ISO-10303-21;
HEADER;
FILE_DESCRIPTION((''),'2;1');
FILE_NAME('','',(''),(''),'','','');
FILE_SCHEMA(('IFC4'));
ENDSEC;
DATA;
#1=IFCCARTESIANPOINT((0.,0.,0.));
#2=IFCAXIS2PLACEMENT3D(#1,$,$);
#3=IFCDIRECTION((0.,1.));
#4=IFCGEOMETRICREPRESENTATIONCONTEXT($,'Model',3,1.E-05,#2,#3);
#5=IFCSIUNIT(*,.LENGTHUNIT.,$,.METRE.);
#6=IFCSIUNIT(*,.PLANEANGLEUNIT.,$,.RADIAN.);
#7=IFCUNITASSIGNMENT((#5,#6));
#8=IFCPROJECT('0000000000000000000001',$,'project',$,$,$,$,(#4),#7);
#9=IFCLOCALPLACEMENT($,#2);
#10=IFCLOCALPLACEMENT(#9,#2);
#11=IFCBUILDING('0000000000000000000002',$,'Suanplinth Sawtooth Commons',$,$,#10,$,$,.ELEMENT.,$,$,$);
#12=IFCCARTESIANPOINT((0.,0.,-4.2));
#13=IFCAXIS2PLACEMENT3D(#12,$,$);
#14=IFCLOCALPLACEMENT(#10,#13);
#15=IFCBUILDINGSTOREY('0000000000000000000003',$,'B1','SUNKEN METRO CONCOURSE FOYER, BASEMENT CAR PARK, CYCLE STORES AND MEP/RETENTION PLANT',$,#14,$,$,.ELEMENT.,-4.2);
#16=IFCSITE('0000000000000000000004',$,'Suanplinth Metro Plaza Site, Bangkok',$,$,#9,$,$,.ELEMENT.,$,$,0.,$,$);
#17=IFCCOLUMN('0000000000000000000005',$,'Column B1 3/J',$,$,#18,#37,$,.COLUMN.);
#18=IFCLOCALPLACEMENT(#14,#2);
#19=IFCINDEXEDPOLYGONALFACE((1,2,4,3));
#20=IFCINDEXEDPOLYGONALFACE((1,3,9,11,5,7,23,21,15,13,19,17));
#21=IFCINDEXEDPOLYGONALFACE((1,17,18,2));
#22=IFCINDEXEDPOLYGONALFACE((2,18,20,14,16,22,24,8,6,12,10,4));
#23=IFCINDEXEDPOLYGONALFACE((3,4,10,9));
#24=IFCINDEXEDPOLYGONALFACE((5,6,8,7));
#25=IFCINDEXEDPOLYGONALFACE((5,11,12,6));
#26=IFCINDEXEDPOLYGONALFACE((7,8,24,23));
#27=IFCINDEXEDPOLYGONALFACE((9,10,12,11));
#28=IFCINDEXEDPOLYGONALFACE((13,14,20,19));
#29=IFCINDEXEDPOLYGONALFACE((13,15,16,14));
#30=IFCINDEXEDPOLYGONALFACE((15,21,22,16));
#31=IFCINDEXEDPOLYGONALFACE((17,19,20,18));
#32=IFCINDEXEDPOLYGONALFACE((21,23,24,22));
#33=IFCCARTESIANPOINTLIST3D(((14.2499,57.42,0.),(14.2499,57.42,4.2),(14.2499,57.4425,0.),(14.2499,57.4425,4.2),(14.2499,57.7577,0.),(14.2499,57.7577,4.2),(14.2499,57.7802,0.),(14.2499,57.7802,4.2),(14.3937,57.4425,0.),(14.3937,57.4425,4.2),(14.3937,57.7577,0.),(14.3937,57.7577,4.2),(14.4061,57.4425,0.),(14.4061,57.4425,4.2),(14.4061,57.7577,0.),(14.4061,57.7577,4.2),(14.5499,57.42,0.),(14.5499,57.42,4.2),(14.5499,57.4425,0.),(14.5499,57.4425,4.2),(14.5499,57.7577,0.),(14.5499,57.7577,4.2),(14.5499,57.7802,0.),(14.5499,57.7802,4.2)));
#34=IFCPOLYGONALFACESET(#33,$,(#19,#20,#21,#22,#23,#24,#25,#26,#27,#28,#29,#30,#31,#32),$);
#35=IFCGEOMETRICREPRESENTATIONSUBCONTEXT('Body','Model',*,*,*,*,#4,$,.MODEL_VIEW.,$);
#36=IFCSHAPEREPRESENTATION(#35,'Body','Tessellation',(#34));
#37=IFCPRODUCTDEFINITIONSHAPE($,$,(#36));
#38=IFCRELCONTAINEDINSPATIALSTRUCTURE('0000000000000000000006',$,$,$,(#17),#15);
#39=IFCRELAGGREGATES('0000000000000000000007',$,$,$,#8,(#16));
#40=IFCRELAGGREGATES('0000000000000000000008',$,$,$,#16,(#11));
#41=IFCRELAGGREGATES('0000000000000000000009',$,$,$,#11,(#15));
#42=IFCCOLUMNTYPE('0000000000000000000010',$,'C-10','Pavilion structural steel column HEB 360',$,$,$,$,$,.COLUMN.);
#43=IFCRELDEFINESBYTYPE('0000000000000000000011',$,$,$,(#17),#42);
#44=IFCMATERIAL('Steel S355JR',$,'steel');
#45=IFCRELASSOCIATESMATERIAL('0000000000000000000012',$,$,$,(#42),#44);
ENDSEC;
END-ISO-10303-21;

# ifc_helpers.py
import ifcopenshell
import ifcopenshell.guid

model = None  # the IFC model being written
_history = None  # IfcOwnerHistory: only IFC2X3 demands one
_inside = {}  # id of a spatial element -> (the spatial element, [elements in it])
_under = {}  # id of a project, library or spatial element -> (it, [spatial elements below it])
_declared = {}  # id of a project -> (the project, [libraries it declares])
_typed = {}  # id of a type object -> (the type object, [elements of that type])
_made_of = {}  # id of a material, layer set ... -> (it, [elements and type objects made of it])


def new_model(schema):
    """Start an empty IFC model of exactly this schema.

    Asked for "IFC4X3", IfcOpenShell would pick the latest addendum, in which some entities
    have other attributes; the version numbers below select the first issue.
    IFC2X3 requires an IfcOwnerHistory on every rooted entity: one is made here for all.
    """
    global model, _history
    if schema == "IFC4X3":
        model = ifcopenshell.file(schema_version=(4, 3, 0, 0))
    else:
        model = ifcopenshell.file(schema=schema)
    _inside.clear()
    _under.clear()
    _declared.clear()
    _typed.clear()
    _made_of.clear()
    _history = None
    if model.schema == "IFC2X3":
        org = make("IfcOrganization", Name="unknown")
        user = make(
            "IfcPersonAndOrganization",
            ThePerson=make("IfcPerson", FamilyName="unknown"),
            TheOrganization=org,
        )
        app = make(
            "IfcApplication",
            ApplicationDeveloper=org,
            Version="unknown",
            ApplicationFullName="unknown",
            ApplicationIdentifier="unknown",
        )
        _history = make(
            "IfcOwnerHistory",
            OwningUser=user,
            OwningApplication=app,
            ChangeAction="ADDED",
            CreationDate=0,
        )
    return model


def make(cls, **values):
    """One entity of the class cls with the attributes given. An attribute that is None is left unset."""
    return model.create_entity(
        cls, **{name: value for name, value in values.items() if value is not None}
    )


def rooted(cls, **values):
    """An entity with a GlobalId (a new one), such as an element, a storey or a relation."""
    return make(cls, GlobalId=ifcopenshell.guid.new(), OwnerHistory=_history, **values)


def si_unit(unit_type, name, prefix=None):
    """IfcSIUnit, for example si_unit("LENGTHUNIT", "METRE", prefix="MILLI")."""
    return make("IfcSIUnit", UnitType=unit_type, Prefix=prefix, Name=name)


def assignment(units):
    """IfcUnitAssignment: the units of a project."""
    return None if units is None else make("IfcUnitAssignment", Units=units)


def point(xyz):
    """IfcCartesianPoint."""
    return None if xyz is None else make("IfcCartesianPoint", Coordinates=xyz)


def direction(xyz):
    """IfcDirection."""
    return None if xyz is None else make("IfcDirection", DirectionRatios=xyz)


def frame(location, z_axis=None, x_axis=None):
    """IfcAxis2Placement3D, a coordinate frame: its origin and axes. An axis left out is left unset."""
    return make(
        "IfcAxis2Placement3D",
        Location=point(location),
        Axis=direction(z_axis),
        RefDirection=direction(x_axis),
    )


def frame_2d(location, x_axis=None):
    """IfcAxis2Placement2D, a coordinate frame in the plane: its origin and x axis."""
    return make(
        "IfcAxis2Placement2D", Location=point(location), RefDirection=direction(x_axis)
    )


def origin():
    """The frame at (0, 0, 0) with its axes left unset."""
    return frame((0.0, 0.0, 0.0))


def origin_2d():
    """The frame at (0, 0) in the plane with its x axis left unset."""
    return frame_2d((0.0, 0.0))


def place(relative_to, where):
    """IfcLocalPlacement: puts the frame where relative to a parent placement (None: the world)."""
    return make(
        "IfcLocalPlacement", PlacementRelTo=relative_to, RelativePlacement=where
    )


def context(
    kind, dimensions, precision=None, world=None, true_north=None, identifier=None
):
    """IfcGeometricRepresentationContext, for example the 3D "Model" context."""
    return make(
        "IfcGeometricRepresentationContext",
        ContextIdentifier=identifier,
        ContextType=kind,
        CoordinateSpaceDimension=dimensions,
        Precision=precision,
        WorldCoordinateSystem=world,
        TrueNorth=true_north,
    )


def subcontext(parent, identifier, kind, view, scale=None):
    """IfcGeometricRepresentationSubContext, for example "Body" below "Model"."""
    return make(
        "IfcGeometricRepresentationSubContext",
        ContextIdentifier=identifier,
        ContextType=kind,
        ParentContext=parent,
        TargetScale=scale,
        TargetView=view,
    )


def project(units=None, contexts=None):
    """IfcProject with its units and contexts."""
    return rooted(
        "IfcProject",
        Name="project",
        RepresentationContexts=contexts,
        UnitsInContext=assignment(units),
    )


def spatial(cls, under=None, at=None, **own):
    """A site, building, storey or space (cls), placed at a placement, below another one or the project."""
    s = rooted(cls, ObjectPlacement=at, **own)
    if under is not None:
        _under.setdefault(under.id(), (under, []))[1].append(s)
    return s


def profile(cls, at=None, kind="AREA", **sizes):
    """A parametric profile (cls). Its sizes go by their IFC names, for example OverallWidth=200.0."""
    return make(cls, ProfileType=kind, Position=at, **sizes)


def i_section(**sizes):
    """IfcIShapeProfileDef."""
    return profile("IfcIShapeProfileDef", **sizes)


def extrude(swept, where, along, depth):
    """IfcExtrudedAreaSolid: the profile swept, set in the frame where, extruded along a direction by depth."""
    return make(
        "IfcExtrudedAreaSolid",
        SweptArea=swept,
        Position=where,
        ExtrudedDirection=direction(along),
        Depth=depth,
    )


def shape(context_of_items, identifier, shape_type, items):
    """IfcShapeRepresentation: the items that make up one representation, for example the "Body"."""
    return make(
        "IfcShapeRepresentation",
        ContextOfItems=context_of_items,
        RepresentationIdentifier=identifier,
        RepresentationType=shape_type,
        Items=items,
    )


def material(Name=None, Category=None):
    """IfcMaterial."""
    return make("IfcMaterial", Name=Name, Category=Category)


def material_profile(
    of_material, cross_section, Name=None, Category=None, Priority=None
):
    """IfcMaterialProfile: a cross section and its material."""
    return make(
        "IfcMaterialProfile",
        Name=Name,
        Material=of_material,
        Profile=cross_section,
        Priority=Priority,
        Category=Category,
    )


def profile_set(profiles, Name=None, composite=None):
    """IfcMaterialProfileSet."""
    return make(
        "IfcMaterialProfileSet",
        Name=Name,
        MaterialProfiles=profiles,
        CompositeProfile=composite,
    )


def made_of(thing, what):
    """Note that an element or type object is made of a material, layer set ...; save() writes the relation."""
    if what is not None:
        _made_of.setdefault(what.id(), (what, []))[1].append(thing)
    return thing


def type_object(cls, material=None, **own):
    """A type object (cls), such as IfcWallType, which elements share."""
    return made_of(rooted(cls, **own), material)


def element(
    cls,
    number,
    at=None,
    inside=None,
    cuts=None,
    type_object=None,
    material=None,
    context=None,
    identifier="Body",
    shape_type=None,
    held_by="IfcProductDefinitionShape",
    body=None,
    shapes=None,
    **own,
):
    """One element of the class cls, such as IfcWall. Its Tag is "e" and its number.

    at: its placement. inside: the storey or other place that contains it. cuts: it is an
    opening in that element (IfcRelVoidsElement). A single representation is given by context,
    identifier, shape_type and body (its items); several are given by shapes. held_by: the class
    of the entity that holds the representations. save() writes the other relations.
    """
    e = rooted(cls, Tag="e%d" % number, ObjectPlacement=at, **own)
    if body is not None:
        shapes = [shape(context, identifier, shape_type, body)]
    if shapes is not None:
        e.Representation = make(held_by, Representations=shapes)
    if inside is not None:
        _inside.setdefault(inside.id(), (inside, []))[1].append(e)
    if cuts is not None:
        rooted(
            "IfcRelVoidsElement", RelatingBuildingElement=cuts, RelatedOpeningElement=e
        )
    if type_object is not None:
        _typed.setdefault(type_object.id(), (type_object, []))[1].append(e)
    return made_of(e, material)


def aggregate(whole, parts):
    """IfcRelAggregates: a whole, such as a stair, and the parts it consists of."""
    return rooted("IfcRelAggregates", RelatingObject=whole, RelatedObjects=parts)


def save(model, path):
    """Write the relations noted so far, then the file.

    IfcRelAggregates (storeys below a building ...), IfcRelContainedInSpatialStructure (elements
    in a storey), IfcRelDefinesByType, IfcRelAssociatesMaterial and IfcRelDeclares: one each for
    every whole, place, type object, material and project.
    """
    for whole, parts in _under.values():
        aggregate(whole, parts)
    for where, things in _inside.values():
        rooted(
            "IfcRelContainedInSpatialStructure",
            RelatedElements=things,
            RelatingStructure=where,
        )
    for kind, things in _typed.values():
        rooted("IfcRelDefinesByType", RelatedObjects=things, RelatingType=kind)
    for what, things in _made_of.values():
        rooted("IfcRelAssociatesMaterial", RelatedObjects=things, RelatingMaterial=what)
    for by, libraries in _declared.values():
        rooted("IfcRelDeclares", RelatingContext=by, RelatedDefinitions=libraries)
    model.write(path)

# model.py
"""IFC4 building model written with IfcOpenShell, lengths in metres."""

from ifc_helpers import new_model, si_unit, direction, frame, origin, origin_2d, place, context, subcontext, project, spatial, i_section, extrude, material, material_profile, profile_set, type_object, element, save


model = new_model("IFC4")

# Units and contexts
model_context = context("Model", 3, precision=1e-05, world=origin(), true_north=direction((0.0, 1.0)))
body_context = subcontext(model_context, "Body", "Model", "MODEL_VIEW")
ifc_project = project(units=[si_unit("LENGTHUNIT", "METRE"), si_unit("PLANEANGLEUNIT", "RADIAN")], contexts=[model_context])

# Site, building, storey
site_placement = place(None, origin())
site = spatial("IfcSite", under=ifc_project, at=site_placement, Name="Suanplinth Metro Plaza Site, Bangkok", CompositionType="ELEMENT", RefElevation=0.0)
building_placement = place(site_placement, origin())
building = spatial("IfcBuilding", under=site, at=building_placement, Name="Suanplinth Sawtooth Commons", CompositionType="ELEMENT")
storey_placement = place(building_placement, frame((0.0, 0.0, -4.2)))
storey = spatial("IfcBuildingStorey", under=building, at=storey_placement, Name="B1", Description="SUNKEN METRO CONCOURSE FOYER, BASEMENT CAR PARK, CYCLE STORES AND MEP/RETENTION PLANT", CompositionType="ELEMENT", Elevation=-4.2)

# Column
ifc_material_1 = material(Name="Steel S355JR", Category="steel")
ifc_material_profile_1 = material_profile(ifc_material_1, i_section(OverallWidth=0.3, OverallDepth=0.3601, WebThickness=0.0125, FlangeThickness=0.0225, at=origin_2d()), Name="HEB 360")
ifc_profile_set_1 = profile_set([ifc_material_profile_1], Name="Steel S355JR")
column_type_1 = type_object("IfcColumnType", Name="C-10", Description="Pavilion structural steel column HEB 360", PredefinedType="COLUMN", material=ifc_profile_set_1)
for number, where, z_axis, x_axis, name in (
    (1, (14.3999, 57.6001, 0.0), (0.0, 0.0, 1.0), (1.0, 0.0, 0.0), "Column B1 3/J"),
):
    element("IfcColumn", number, at=place(storey_placement, frame(where, z_axis=z_axis, x_axis=x_axis)), inside=storey, type_object=column_type_1, Name=name, PredefinedType="COLUMN", context=body_context, shape_type="SweptSolid", body=[
        extrude(i_section(OverallWidth=0.3, OverallDepth=0.3601, WebThickness=0.0125, FlangeThickness=0.0225, at=origin_2d()), origin(), (0.0, 0.0, 1.0), 4.2),
    ])

save(model, "model.ifc")
